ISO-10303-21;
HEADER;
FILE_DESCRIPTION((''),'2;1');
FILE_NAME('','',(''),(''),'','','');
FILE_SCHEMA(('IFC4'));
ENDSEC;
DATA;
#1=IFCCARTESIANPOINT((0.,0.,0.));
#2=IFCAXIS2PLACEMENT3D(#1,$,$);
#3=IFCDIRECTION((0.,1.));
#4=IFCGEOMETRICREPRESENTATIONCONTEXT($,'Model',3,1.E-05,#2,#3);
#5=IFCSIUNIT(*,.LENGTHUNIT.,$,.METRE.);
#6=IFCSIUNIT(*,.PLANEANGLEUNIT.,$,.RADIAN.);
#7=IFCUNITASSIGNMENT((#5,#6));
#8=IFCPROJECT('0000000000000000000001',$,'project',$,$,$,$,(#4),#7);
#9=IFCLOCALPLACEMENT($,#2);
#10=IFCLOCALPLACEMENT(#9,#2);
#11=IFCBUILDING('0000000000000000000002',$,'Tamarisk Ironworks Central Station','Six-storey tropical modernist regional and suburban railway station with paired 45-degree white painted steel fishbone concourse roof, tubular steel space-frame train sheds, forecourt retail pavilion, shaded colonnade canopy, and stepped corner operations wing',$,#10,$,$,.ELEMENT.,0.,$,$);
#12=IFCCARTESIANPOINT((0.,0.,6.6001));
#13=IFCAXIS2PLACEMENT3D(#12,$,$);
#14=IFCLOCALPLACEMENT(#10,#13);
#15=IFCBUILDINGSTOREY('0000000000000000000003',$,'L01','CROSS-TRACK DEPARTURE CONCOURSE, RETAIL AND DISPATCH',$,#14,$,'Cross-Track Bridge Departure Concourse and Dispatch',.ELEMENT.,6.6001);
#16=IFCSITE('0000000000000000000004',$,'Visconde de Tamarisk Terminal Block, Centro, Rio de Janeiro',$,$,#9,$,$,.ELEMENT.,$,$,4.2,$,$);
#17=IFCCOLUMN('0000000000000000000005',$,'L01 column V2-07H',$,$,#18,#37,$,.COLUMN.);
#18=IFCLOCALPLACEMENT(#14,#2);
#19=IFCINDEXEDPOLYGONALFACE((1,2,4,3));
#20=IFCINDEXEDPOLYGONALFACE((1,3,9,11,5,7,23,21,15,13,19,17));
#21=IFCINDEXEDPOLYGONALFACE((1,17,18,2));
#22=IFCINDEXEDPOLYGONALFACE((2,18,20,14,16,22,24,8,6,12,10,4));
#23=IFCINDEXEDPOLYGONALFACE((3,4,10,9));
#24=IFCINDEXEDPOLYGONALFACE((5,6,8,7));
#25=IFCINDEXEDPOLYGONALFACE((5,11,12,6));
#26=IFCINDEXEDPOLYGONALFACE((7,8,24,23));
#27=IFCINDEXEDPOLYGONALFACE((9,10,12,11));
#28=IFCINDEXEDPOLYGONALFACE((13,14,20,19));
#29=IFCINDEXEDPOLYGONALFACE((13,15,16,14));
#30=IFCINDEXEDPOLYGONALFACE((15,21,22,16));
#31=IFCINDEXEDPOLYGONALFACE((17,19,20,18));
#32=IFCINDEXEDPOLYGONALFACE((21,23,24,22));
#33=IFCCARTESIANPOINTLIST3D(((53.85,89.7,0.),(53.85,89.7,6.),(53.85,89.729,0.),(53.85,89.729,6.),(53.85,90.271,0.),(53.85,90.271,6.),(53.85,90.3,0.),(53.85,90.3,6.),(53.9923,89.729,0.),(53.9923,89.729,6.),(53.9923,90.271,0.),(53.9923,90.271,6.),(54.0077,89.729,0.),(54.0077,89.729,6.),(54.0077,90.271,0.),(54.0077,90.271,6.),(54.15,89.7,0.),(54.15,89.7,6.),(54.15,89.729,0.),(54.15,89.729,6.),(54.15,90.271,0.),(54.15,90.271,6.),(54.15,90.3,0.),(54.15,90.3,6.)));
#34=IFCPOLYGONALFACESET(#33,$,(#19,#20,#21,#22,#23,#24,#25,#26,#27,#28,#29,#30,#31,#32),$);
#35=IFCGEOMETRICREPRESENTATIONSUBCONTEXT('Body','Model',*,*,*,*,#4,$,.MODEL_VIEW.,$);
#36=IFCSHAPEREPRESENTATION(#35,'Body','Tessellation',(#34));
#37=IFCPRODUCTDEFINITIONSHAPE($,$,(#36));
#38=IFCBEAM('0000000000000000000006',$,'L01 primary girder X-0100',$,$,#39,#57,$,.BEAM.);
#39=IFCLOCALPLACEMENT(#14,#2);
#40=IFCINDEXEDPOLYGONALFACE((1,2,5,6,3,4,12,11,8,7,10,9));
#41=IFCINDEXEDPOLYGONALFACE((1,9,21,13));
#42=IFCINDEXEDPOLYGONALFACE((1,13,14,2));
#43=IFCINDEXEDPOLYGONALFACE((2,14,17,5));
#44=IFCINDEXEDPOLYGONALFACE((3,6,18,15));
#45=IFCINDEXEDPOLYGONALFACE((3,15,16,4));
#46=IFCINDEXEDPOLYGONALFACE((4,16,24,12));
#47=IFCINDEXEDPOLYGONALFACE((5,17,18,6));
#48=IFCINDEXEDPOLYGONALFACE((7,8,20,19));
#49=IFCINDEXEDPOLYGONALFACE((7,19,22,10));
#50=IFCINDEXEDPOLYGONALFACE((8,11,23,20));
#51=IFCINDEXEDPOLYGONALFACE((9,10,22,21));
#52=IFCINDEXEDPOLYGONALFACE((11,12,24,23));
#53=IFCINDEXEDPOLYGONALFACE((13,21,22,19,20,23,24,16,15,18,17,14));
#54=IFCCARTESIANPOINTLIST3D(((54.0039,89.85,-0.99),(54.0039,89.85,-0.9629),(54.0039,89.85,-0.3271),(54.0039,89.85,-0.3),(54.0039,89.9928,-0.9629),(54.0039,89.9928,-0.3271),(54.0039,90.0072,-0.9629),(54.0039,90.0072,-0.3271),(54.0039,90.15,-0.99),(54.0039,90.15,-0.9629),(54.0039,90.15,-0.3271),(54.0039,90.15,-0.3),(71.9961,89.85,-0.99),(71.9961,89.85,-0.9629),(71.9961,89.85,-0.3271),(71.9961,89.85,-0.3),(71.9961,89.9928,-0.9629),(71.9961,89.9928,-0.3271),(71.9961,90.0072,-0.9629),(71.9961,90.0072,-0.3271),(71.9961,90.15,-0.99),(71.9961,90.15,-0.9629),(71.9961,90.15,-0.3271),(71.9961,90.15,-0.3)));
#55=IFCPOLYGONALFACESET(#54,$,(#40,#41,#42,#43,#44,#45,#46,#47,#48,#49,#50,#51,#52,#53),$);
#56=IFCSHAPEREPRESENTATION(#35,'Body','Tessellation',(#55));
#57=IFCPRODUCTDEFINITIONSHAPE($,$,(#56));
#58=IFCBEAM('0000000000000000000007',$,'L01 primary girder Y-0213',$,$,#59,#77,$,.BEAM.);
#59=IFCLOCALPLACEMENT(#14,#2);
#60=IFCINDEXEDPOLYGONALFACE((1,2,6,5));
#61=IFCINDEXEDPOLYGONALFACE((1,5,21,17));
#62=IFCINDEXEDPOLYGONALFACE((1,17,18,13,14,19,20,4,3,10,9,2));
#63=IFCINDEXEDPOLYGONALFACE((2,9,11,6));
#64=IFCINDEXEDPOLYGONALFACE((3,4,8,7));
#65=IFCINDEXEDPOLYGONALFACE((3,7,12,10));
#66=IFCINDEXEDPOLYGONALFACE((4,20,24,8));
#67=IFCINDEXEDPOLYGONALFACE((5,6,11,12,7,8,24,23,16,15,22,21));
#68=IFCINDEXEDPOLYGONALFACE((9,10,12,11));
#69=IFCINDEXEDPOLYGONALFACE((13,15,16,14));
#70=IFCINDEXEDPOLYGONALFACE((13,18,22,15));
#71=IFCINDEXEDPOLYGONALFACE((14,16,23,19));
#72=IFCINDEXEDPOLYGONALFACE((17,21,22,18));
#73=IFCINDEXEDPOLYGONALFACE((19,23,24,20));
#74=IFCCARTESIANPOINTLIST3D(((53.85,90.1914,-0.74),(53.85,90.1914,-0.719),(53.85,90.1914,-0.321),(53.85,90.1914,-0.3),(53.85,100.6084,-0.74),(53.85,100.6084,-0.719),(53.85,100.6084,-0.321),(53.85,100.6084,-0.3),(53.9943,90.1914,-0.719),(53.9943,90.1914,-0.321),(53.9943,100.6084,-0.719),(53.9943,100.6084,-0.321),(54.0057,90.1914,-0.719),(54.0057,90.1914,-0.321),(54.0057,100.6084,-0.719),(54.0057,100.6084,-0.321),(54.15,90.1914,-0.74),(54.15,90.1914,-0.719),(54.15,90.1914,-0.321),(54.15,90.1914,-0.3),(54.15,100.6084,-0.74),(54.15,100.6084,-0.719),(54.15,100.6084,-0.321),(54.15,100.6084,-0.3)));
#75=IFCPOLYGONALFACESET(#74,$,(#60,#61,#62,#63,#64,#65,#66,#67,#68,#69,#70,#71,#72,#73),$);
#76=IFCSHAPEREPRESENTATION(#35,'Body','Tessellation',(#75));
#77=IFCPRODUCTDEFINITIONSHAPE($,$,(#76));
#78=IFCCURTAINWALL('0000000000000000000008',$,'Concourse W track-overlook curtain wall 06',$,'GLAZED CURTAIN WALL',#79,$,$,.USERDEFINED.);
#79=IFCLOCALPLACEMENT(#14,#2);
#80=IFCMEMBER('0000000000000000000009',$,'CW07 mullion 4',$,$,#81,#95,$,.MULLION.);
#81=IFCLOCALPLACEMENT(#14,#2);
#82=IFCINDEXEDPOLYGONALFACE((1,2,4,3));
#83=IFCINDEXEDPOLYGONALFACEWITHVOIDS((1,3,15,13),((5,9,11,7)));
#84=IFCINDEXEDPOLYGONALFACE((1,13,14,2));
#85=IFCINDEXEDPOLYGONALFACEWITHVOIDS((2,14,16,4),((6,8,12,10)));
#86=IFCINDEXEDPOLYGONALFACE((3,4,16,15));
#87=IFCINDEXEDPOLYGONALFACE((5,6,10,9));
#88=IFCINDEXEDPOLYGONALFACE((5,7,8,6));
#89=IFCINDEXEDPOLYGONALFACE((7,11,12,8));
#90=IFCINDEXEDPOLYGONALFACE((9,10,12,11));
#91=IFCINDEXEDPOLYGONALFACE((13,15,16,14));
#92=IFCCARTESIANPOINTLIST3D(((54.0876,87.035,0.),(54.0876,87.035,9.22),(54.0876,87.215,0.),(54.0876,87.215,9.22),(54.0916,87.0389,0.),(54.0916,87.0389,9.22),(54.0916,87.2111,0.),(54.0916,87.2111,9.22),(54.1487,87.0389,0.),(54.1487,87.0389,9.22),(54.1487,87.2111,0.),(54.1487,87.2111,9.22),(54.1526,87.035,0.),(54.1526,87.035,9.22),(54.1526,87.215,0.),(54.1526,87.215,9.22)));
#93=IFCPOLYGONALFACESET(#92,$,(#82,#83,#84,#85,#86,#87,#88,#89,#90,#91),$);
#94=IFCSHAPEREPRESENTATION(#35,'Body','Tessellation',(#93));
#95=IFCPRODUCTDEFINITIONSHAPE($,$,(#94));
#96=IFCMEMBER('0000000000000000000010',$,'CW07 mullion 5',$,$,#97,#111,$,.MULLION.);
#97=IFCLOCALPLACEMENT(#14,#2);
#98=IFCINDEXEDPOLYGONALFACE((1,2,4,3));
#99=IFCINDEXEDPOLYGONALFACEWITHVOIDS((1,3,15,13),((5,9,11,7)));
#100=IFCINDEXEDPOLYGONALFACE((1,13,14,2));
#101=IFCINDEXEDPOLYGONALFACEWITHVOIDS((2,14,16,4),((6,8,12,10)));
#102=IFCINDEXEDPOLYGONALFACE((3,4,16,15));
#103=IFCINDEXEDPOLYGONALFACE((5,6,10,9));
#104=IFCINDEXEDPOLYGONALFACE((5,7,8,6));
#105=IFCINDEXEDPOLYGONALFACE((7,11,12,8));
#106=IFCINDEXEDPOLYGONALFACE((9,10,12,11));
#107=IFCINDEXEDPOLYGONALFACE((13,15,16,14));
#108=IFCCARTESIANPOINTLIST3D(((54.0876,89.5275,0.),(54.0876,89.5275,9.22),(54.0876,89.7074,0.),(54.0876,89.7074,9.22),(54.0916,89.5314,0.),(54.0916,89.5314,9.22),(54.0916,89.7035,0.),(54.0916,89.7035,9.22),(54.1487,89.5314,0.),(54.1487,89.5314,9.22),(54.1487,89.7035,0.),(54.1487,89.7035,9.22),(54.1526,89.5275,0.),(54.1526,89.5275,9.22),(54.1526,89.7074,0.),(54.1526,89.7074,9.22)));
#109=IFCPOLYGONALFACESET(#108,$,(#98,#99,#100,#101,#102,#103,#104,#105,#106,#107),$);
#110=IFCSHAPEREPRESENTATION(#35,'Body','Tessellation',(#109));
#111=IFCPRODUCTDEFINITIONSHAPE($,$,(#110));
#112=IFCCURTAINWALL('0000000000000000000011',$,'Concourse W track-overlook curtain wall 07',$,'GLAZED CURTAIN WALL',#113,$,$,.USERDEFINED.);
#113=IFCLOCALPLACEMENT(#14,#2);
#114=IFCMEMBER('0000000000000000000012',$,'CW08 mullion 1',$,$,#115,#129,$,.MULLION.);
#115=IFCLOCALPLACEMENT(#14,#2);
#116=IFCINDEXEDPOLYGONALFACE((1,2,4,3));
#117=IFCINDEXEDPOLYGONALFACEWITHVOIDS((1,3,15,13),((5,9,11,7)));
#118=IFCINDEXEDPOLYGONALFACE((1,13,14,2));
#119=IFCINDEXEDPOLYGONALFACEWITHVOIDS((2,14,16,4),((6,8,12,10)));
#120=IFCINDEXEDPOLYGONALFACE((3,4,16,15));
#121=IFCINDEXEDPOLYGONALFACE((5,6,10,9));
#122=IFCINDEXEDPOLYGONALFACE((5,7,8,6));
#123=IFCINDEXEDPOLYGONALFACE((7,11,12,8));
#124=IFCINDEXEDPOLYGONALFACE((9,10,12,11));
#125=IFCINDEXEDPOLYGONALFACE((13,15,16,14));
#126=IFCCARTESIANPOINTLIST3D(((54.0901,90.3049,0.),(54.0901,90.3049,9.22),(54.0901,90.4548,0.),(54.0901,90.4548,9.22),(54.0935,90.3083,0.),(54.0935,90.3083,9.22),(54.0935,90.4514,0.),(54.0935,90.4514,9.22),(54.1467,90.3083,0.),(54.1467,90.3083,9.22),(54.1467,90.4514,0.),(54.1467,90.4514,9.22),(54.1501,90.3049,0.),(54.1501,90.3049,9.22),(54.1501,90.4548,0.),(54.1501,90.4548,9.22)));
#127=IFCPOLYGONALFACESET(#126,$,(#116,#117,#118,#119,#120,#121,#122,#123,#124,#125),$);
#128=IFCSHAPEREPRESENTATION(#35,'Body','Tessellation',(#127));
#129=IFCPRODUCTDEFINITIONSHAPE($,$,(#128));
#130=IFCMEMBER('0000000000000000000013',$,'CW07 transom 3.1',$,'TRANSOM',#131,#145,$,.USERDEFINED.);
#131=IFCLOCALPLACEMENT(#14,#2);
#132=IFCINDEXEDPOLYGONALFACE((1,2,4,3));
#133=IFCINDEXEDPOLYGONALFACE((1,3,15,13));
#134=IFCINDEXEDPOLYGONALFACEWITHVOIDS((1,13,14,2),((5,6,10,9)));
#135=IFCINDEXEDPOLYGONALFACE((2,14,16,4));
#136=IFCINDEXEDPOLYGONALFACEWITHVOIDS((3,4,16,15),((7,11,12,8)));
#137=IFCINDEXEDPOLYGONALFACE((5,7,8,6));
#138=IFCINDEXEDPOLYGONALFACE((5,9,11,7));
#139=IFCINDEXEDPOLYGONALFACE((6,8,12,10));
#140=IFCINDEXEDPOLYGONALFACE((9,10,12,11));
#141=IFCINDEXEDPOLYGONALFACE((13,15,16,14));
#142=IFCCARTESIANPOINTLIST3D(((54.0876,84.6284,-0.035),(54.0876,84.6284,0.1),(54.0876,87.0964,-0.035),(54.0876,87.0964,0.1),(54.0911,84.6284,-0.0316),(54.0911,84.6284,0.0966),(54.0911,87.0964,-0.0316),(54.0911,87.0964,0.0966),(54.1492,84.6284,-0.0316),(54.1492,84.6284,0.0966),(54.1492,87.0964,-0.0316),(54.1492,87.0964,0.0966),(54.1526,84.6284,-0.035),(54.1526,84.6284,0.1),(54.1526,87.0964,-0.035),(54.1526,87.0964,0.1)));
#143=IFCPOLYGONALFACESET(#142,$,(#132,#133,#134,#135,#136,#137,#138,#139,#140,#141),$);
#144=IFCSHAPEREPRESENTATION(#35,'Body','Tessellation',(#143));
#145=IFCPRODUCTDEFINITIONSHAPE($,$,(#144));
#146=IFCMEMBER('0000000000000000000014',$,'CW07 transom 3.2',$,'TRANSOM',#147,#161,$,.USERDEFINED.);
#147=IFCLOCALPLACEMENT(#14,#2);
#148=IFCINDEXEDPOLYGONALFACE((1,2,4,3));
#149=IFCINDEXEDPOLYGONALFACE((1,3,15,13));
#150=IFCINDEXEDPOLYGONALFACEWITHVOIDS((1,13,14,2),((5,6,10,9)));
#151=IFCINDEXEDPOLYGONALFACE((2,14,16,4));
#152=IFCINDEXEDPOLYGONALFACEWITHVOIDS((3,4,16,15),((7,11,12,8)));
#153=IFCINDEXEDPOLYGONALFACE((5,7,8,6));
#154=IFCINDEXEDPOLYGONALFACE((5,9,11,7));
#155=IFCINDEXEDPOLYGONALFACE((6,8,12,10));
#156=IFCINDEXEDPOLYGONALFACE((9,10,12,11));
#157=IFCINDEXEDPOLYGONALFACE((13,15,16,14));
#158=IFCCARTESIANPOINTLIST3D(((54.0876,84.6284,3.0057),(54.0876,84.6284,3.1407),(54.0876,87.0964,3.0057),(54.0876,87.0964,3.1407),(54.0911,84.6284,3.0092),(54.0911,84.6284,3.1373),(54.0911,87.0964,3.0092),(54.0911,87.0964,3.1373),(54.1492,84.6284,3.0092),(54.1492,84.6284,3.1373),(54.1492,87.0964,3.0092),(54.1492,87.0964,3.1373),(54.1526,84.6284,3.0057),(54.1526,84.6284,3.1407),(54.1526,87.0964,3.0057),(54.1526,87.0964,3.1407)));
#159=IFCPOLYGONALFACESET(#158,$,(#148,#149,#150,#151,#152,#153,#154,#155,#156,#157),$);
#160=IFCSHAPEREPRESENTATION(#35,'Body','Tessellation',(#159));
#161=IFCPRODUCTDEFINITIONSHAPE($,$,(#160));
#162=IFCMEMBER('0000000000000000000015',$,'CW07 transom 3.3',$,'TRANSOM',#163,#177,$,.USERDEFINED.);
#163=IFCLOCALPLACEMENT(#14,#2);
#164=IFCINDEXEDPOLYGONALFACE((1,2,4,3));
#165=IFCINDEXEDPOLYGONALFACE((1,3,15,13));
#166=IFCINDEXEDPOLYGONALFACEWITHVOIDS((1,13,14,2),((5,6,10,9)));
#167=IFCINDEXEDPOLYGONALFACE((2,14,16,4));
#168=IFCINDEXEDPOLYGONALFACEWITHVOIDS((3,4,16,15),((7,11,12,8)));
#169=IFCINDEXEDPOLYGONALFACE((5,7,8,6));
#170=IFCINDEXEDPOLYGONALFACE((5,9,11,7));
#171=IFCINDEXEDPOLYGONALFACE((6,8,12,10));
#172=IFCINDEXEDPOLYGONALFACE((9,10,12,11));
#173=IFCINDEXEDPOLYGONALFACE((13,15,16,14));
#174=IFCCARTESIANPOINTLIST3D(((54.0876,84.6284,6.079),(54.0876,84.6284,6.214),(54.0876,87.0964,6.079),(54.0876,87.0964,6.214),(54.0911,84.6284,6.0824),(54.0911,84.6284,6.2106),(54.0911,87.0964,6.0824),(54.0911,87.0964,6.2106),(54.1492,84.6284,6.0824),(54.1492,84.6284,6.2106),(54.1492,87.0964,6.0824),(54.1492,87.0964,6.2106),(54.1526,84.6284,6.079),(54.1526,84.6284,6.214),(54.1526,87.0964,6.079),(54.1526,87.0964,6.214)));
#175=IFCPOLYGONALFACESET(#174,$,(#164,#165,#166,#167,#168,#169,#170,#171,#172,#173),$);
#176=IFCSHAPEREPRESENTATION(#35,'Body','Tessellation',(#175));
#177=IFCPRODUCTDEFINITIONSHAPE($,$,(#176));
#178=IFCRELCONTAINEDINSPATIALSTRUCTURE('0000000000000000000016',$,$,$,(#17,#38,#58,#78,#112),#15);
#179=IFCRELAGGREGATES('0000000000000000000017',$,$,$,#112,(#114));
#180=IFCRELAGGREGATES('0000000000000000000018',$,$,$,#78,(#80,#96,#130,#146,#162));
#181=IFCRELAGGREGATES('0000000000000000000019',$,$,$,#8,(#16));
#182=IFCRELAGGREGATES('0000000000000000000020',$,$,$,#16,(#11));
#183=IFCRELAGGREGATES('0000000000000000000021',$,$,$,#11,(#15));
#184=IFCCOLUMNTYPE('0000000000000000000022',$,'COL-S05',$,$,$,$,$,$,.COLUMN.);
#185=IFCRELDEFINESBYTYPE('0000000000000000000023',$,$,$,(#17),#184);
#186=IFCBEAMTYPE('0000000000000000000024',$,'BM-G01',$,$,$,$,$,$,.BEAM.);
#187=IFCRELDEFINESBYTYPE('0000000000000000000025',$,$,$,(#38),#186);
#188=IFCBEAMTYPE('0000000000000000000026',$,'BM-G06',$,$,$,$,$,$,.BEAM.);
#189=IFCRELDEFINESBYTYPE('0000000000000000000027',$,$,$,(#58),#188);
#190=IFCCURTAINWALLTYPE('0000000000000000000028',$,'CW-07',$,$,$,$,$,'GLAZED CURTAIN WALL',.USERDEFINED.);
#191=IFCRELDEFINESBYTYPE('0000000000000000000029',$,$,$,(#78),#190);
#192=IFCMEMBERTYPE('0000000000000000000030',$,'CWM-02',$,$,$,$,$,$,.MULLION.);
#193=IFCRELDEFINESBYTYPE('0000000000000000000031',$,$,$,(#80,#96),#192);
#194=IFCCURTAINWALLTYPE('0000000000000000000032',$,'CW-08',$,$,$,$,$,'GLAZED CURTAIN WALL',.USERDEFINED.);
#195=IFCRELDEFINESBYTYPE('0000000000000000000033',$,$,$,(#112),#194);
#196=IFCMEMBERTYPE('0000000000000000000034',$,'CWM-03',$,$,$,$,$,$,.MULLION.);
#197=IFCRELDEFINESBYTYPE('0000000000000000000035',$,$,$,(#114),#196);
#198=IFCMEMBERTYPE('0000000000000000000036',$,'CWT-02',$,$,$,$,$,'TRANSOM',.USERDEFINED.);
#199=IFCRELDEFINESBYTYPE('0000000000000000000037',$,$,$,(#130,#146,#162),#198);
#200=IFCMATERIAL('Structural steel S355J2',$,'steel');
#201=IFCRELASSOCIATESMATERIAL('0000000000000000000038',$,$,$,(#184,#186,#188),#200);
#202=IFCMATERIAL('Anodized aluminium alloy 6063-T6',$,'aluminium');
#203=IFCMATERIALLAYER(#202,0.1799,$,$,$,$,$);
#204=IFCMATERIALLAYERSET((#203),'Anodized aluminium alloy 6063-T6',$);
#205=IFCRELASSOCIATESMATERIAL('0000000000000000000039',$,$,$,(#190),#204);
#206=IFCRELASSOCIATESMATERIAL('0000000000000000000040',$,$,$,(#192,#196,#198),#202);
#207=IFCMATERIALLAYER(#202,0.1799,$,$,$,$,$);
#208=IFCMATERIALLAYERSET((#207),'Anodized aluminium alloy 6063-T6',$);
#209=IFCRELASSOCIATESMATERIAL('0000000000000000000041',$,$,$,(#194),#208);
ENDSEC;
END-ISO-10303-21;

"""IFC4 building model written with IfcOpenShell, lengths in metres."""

from ifc_helpers import new_model, si_unit, direction, frame, origin, origin_2d, place, context, subcontext, project, spatial, hollow_rectangle, i_section, extrude, material, layer, layer_set, material_profile, profile_set, type_object, element, aggregate, save


model = new_model("IFC4")

# Units and contexts
model_context = context("Model", 3, precision=1e-05, world=origin(), true_north=direction((0.0, 1.0)))
body_context = subcontext(model_context, "Body", "Model", "MODEL_VIEW")
ifc_project = project(units=[si_unit("LENGTHUNIT", "METRE"), si_unit("PLANEANGLEUNIT", "RADIAN")], contexts=[model_context])

# Site, building, storey
site_placement = place(None, origin())
site = spatial("IfcSite", under=ifc_project, at=site_placement, Name="Visconde de Tamarisk Terminal Block, Centro, Rio de Janeiro", CompositionType="ELEMENT", RefElevation=4.2)
building_placement = place(site_placement, origin())
building = spatial("IfcBuilding", under=site, at=building_placement, Name="Tamarisk Ironworks Central Station", Description="Six-storey tropical modernist regional and suburban railway station with paired 45-degree white painted steel fishbone concourse roof, tubular steel space-frame train sheds, forecourt retail pavilion, shaded colonnade canopy, and stepped corner operations wing", CompositionType="ELEMENT", ElevationOfRefHeight=0.0)
storey_placement = place(building_placement, frame((0.0, 0.0, 6.6001)))
storey = spatial("IfcBuildingStorey", under=building, at=storey_placement, Name="L01", Description="CROSS-TRACK DEPARTURE CONCOURSE, RETAIL AND DISPATCH", LongName="Cross-Track Bridge Departure Concourse and Dispatch", CompositionType="ELEMENT", Elevation=6.6001)

# Column
ifc_material_1 = material(Name="Structural steel S355J2", Category="steel")
ifc_material_profile_1 = material_profile(ifc_material_1, i_section(OverallWidth=0.3, OverallDepth=0.6001, WebThickness=0.0154, FlangeThickness=0.0291, at=origin_2d()), Name="HEB 600")
ifc_profile_set_1 = profile_set([ifc_material_profile_1], Name="Structural steel S355J2")
column_type = type_object("IfcColumnType", Name="COL-S05", PredefinedType="COLUMN", material=ifc_profile_set_1)
column_placement = place(storey_placement, frame((54.0, 90.0, 0.0), z_axis=(0.0, 0.0, 1.0), x_axis=(1.0, 0.0, 0.0)))
element("IfcColumn", 1, at=column_placement, inside=storey, type_object=column_type, Name="L01 column V2-07H", PredefinedType="COLUMN", context=body_context, shape_type="SweptSolid", body=[
    extrude(i_section(OverallWidth=0.3, OverallDepth=0.6001, WebThickness=0.0154, FlangeThickness=0.0291, at=origin_2d()), origin(), (0.0, 0.0, 1.0), 6.0),
])

# Beams
ifc_material_profile_2 = material_profile(ifc_material_1, i_section(OverallWidth=0.3, OverallDepth=0.6899, WebThickness=0.0144, FlangeThickness=0.0271, at=origin_2d()), Name="HEA 700")
ifc_profile_set_2 = profile_set([ifc_material_profile_2], Name="Structural steel S355J2")
beam_type_1 = type_object("IfcBeamType", Name="BM-G01", PredefinedType="BEAM", material=ifc_profile_set_2)
beam_1_placement = place(storey_placement, frame((54.0039, 90.0, -0.645), z_axis=(1.0, 0.0, 0.0), x_axis=(0.0, 1.0, 0.0)))
element("IfcBeam", 2, at=beam_1_placement, inside=storey, type_object=beam_type_1, Name="L01 primary girder X-0100", PredefinedType="BEAM", context=body_context, shape_type="SweptSolid", body=[
    extrude(i_section(OverallWidth=0.3, OverallDepth=0.6899, WebThickness=0.0144, FlangeThickness=0.0271, at=origin_2d()), origin(), (0.0, 0.0, 1.0), 17.9922),
])
ifc_material_profile_3 = material_profile(ifc_material_1, i_section(OverallWidth=0.3, OverallDepth=0.4399, WebThickness=0.0115, FlangeThickness=0.021, at=origin_2d()), Name="HEA 450")
ifc_profile_set_3 = profile_set([ifc_material_profile_3], Name="Structural steel S355J2")
beam_type_2 = type_object("IfcBeamType", Name="BM-G06", PredefinedType="BEAM", material=ifc_profile_set_3)
beam_2_placement = place(storey_placement, frame((54.0, 90.1914, -0.52), z_axis=(0.0, 1.0, 0.0), x_axis=(-1.0, 0.0, 0.0)))
element("IfcBeam", 3, at=beam_2_placement, inside=storey, type_object=beam_type_2, Name="L01 primary girder Y-0213", PredefinedType="BEAM", context=body_context, shape_type="SweptSolid", body=[
    extrude(i_section(OverallWidth=0.3, OverallDepth=0.4399, WebThickness=0.0115, FlangeThickness=0.021, at=origin_2d()), origin(), (0.0, 0.0, 1.0), 10.417),
])

# Curtain wall, members
ifc_material_2 = material(Name="Anodized aluminium alloy 6063-T6", Category="aluminium")
ifc_layer_1 = layer(ifc_material_2, 0.1799)
ifc_layer_set_1 = layer_set([ifc_layer_1], Name="Anodized aluminium alloy 6063-T6")
curtain_wall_type_1 = type_object("IfcCurtainWallType", Name="CW-07", ElementType="GLAZED CURTAIN WALL", PredefinedType="USERDEFINED", material=ifc_layer_set_1)
curtain_wall_1_placement = place(storey_placement, origin())
curtain_wall_1 = element("IfcCurtainWall", 4, at=curtain_wall_1_placement, inside=storey, type_object=curtain_wall_type_1, Name="Concourse W track-overlook curtain wall 06", ObjectType="GLAZED CURTAIN WALL", PredefinedType="USERDEFINED")
ifc_material_profile_4 = material_profile(ifc_material_2, hollow_rectangle(XDim=0.0649, YDim=0.1799, WallThickness=0.0039, at=origin_2d()), Name="ALUM 180x65")
ifc_profile_set_4 = profile_set([ifc_material_profile_4], Name="Anodized aluminium alloy 6063-T6")
member_type_1 = type_object("IfcMemberType", Name="CWM-02", PredefinedType="MULLION", material=ifc_profile_set_4)
member_1_placement = place(storey_placement, frame((54.1201, 87.125, 0.0), z_axis=(0.0, 0.0, 1.0), x_axis=(-1.0, 0.0, 0.0)))
member_1 = element("IfcMember", 5, at=member_1_placement, type_object=member_type_1, Name="CW07 mullion 4", PredefinedType="MULLION", context=body_context, shape_type="SweptSolid", body=[
    extrude(hollow_rectangle(XDim=0.0649, YDim=0.1799, WallThickness=0.0039, at=origin_2d()), origin(), (0.0, 0.0, 1.0), 9.22),
])
member_2_placement = place(storey_placement, frame((54.1201, 89.6174, 0.0), z_axis=(0.0, 0.0, 1.0), x_axis=(-1.0, 0.0, 0.0)))
member_2 = element("IfcMember", 6, at=member_2_placement, type_object=member_type_1, Name="CW07 mullion 5", PredefinedType="MULLION", context=body_context, shape_type="SweptSolid", body=[
    extrude(hollow_rectangle(XDim=0.0649, YDim=0.1799, WallThickness=0.0039, at=origin_2d()), origin(), (0.0, 0.0, 1.0), 9.22),
])

# Curtain wall, member
ifc_layer_2 = layer(ifc_material_2, 0.1799)
ifc_layer_set_2 = layer_set([ifc_layer_2], Name="Anodized aluminium alloy 6063-T6")
curtain_wall_type_2 = type_object("IfcCurtainWallType", Name="CW-08", ElementType="GLAZED CURTAIN WALL", PredefinedType="USERDEFINED", material=ifc_layer_set_2)
curtain_wall_2_placement = place(storey_placement, origin())
curtain_wall_2 = element("IfcCurtainWall", 7, at=curtain_wall_2_placement, inside=storey, type_object=curtain_wall_type_2, Name="Concourse W track-overlook curtain wall 07", ObjectType="GLAZED CURTAIN WALL", PredefinedType="USERDEFINED")
ifc_material_profile_5 = material_profile(ifc_material_2, hollow_rectangle(XDim=0.0601, YDim=0.1499, WallThickness=0.0034, at=origin_2d()), Name="ALUM 150x60")
ifc_profile_set_5 = profile_set([ifc_material_profile_5], Name="Anodized aluminium alloy 6063-T6")
member_type_2 = type_object("IfcMemberType", Name="CWM-03", PredefinedType="MULLION", material=ifc_profile_set_5)
member_3_placement = place(storey_placement, frame((54.1201, 90.3799, 0.0), z_axis=(0.0, 0.0, 1.0), x_axis=(-1.0, 0.0, 0.0)))
member_3 = element("IfcMember", 8, at=member_3_placement, type_object=member_type_2, Name="CW08 mullion 1", PredefinedType="MULLION", context=body_context, shape_type="SweptSolid", body=[
    extrude(hollow_rectangle(XDim=0.0601, YDim=0.1499, WallThickness=0.0034, at=origin_2d()), origin(), (0.0, 0.0, 1.0), 9.22),
])

# Members
ifc_material_profile_6 = material_profile(ifc_material_2, hollow_rectangle(XDim=0.0649, YDim=0.135, WallThickness=0.0034, at=origin_2d()), Name="ALUM 135x65")
ifc_profile_set_6 = profile_set([ifc_material_profile_6], Name="Anodized aluminium alloy 6063-T6")
member_type_3 = type_object("IfcMemberType", Name="CWT-02", ElementType="TRANSOM", PredefinedType="USERDEFINED", material=ifc_profile_set_6)
member_4_placement = place(storey_placement, frame((54.1201, 84.6284, 0.0325), z_axis=(0.0, 1.0, 0.0), x_axis=(-1.0, 0.0, 0.0)))
member_4 = element("IfcMember", 9, at=member_4_placement, type_object=member_type_3, Name="CW07 transom 3.1", ObjectType="TRANSOM", PredefinedType="USERDEFINED", context=body_context, shape_type="SweptSolid", body=[
    extrude(hollow_rectangle(XDim=0.0649, YDim=0.135, WallThickness=0.0034, at=origin_2d()), origin(), (0.0, 0.0, 1.0), 2.468),
])
member_5_placement = place(storey_placement, frame((54.1201, 84.6284, 3.0732), z_axis=(0.0, 1.0, 0.0), x_axis=(-1.0, 0.0, 0.0)))
member_5 = element("IfcMember", 10, at=member_5_placement, type_object=member_type_3, Name="CW07 transom 3.2", ObjectType="TRANSOM", PredefinedType="USERDEFINED", context=body_context, shape_type="SweptSolid", body=[
    extrude(hollow_rectangle(XDim=0.0649, YDim=0.135, WallThickness=0.0034, at=origin_2d()), origin(), (0.0, 0.0, 1.0), 2.468),
])
member_6_placement = place(storey_placement, frame((54.1201, 84.6284, 6.1465), z_axis=(0.0, 1.0, 0.0), x_axis=(-1.0, 0.0, 0.0)))
member_6 = element("IfcMember", 11, at=member_6_placement, type_object=member_type_3, Name="CW07 transom 3.3", ObjectType="TRANSOM", PredefinedType="USERDEFINED", context=body_context, shape_type="SweptSolid", body=[
    extrude(hollow_rectangle(XDim=0.0649, YDim=0.135, WallThickness=0.0034, at=origin_2d()), origin(), (0.0, 0.0, 1.0), 2.468),
])
aggregate(curtain_wall_2, [member_3])

aggregate(curtain_wall_1, [member_1, member_2, member_4, member_5, member_6])

save(model, "model.ifc")
